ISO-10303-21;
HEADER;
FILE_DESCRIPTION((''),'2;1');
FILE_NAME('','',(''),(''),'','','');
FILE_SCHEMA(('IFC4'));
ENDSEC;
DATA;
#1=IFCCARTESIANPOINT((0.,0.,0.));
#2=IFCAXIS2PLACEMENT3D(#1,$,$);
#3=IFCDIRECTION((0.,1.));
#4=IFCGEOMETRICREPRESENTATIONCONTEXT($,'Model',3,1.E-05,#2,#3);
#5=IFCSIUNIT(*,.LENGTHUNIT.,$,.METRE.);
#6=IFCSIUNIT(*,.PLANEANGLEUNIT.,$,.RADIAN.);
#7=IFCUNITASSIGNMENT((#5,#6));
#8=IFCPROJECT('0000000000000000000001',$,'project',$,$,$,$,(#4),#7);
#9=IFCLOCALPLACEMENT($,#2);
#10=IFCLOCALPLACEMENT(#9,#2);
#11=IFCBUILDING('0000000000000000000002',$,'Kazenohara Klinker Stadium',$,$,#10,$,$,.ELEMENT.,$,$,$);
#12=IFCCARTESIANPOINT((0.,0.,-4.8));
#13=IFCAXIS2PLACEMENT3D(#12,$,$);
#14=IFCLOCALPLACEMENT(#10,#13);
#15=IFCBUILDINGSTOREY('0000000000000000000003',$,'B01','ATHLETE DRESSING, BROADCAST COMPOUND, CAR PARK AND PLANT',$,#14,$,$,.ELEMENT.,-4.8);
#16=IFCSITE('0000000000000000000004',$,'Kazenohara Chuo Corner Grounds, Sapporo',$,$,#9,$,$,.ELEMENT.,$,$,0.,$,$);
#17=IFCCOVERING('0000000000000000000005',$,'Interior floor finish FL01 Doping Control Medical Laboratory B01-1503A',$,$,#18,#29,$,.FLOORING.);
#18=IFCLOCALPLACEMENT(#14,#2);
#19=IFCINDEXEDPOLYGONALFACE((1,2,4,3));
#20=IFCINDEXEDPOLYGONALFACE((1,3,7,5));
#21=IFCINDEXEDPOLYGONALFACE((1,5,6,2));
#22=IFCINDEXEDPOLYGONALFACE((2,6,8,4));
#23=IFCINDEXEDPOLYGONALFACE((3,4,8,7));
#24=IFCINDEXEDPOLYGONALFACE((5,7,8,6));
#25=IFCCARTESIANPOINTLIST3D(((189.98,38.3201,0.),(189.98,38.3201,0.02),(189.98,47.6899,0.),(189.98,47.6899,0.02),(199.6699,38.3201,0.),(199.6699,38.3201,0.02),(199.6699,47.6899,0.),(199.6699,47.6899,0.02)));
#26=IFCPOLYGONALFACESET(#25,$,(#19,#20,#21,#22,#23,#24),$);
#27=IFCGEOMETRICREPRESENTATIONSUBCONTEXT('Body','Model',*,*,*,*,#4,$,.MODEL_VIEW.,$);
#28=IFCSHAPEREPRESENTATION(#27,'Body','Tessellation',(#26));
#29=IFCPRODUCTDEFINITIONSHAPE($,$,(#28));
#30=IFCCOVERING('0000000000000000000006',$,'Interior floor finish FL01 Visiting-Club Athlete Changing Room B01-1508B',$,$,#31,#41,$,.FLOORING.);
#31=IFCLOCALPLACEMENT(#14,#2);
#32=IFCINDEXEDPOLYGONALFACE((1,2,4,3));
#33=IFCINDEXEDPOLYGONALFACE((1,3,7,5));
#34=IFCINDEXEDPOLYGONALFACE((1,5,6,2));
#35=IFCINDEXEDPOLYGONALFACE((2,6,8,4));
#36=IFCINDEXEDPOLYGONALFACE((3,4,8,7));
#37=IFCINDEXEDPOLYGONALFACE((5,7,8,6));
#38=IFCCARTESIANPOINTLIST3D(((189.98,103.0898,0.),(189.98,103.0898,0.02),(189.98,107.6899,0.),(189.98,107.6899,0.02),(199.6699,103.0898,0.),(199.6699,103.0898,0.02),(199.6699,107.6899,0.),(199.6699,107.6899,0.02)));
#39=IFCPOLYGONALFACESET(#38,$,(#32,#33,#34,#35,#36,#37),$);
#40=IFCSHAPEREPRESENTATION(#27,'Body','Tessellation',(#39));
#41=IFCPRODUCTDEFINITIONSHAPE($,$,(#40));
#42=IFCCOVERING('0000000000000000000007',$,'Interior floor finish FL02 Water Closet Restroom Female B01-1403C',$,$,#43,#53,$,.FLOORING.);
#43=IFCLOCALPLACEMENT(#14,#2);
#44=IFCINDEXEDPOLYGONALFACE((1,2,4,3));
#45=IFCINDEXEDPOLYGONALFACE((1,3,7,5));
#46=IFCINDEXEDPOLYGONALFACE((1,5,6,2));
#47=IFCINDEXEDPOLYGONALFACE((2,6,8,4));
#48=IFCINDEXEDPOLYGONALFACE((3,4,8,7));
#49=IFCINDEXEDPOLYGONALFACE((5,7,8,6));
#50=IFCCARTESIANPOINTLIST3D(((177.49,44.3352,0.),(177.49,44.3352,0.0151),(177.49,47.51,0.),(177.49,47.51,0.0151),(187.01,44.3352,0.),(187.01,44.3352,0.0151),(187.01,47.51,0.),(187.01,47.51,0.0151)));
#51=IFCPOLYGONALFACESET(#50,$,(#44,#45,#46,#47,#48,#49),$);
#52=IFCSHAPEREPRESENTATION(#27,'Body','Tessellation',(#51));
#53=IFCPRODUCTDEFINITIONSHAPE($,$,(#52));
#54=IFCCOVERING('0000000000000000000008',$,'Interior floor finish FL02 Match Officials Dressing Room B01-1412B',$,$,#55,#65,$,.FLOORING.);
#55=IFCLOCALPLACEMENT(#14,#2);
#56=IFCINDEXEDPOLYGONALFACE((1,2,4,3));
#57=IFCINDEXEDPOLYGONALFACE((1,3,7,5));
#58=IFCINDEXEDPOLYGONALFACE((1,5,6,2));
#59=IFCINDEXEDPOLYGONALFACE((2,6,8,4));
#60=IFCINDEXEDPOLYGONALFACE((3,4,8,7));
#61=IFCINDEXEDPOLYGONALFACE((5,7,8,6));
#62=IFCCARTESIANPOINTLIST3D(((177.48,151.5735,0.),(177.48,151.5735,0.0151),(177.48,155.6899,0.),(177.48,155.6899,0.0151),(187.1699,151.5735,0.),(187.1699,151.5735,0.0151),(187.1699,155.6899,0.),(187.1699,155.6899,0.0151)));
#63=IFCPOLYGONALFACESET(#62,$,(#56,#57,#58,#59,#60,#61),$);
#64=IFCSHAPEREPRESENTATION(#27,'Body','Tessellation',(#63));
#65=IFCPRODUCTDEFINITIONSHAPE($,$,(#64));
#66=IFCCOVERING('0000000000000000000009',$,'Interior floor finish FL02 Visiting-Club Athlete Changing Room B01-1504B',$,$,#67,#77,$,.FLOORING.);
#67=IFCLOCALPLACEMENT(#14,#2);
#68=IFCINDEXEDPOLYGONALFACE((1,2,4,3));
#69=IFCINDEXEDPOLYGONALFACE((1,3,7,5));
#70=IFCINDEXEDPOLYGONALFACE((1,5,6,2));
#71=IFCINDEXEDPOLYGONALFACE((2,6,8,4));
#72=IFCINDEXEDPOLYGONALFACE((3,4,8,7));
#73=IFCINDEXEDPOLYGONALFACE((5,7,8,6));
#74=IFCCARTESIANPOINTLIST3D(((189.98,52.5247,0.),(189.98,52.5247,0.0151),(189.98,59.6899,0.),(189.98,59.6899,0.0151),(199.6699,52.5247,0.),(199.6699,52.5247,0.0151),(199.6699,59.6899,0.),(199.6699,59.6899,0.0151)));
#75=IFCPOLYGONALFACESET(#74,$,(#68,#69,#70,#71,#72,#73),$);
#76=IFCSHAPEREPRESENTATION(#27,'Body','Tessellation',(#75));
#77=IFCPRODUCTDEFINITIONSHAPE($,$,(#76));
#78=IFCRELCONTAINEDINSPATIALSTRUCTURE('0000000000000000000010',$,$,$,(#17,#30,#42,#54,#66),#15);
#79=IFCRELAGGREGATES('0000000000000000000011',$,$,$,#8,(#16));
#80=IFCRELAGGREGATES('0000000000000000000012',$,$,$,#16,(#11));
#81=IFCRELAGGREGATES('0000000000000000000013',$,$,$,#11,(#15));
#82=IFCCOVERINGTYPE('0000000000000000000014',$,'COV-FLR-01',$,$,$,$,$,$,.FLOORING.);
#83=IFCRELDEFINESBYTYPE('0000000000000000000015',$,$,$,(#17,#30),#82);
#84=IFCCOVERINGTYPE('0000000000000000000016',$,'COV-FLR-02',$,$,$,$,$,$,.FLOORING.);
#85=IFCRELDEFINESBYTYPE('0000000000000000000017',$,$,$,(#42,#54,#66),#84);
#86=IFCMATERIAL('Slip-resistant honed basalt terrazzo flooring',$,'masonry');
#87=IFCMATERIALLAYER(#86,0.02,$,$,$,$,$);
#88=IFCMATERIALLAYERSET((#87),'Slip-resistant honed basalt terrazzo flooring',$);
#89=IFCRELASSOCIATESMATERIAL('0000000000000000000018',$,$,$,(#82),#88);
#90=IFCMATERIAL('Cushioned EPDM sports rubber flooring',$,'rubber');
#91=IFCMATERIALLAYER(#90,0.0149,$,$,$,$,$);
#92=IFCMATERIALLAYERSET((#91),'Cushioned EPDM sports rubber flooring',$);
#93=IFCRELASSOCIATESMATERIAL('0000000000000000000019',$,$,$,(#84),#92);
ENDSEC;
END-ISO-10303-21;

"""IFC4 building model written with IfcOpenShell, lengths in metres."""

from ifc_helpers import new_model, si_unit, direction, frame, origin, place, context, subcontext, project, spatial, polyline, outline, extrude, material, layer, layer_set, type_object, element, save


model = new_model("IFC4")

# Units and contexts
model_context = context("Model", 3, precision=1e-05, world=origin(), true_north=direction((0.0, 1.0)))
body_context = subcontext(model_context, "Body", "Model", "MODEL_VIEW")
ifc_project = project(units=[si_unit("LENGTHUNIT", "METRE"), si_unit("PLANEANGLEUNIT", "RADIAN")], contexts=[model_context])

# Site, building, storey
site_placement = place(None, origin())
site = spatial("IfcSite", under=ifc_project, at=site_placement, Name="Kazenohara Chuo Corner Grounds, Sapporo", CompositionType="ELEMENT", RefElevation=0.0)
building_placement = place(site_placement, origin())
building = spatial("IfcBuilding", under=site, at=building_placement, Name="Kazenohara Klinker Stadium", CompositionType="ELEMENT")
storey_placement = place(building_placement, frame((0.0, 0.0, -4.8)))
storey = spatial("IfcBuildingStorey", under=building, at=storey_placement, Name="B01", Description="ATHLETE DRESSING, BROADCAST COMPOUND, CAR PARK AND PLANT", CompositionType="ELEMENT", Elevation=-4.8)

# Coverings
ifc_material_1 = material(Name="Slip-resistant honed basalt terrazzo flooring", Category="masonry")
ifc_layer_1 = layer(ifc_material_1, 0.02)
ifc_layer_set_1 = layer_set([ifc_layer_1], Name="Slip-resistant honed basalt terrazzo flooring")
covering_type_1 = type_object("IfcCoveringType", Name="COV-FLR-01", PredefinedType="FLOORING", material=ifc_layer_set_1)
covering_1_placement = place(storey_placement, origin())
element("IfcCovering", 1, at=covering_1_placement, inside=storey, type_object=covering_type_1, Name="Interior floor finish FL01 Doping Control Medical Laboratory B01-1503A", PredefinedType="FLOORING", context=body_context, shape_type="SweptSolid", body=[
    extrude(outline(polyline([(189.98, 38.3201), (199.6699, 38.3201), (199.6699, 47.6899), (189.98, 47.6899), (189.98, 38.3201)])), origin(), (0.0, 0.0, 1.0), 0.02),
])
covering_2_placement = place(storey_placement, origin())
element("IfcCovering", 2, at=covering_2_placement, inside=storey, type_object=covering_type_1, Name="Interior floor finish FL01 Visiting-Club Athlete Changing Room B01-1508B", PredefinedType="FLOORING", context=body_context, shape_type="SweptSolid", body=[
    extrude(outline(polyline([(189.98, 103.0898), (199.6699, 103.0898), (199.6699, 107.6899), (189.98, 107.6899), (189.98, 103.0898)])), origin(), (0.0, 0.0, 1.0), 0.02),
])
ifc_material_2 = material(Name="Cushioned EPDM sports rubber flooring", Category="rubber")
ifc_layer_2 = layer(ifc_material_2, 0.0149)
ifc_layer_set_2 = layer_set([ifc_layer_2], Name="Cushioned EPDM sports rubber flooring")
covering_type_2 = type_object("IfcCoveringType", Name="COV-FLR-02", PredefinedType="FLOORING", material=ifc_layer_set_2)
covering_3_placement = place(storey_placement, origin())
element("IfcCovering", 3, at=covering_3_placement, inside=storey, type_object=covering_type_2, Name="Interior floor finish FL02 Water Closet Restroom Female B01-1403C", PredefinedType="FLOORING", context=body_context, shape_type="SweptSolid", body=[
    extrude(outline(polyline([(177.49, 44.3352), (187.01, 44.3352), (187.01, 47.51), (177.49, 47.51), (177.49, 44.3352)])), origin(), (0.0, 0.0, 1.0), 0.0151),
])
covering_4_placement = place(storey_placement, origin())
element("IfcCovering", 4, at=covering_4_placement, inside=storey, type_object=covering_type_2, Name="Interior floor finish FL02 Match Officials Dressing Room B01-1412B", PredefinedType="FLOORING", context=body_context, shape_type="SweptSolid", body=[
    extrude(outline(polyline([(177.48, 151.5735), (187.1699, 151.5735), (187.1699, 155.6899), (177.48, 155.6899), (177.48, 151.5735)])), origin(), (0.0, 0.0, 1.0), 0.0151),
])
covering_5_placement = place(storey_placement, origin())
element("IfcCovering", 5, at=covering_5_placement, inside=storey, type_object=covering_type_2, Name="Interior floor finish FL02 Visiting-Club Athlete Changing Room B01-1504B", PredefinedType="FLOORING", context=body_context, shape_type="SweptSolid", body=[
    extrude(outline(polyline([(189.98, 52.5247), (199.6699, 52.5247), (199.6699, 59.6899), (189.98, 59.6899), (189.98, 52.5247)])), origin(), (0.0, 0.0, 1.0), 0.0151),
])

save(model, "model.ifc")
